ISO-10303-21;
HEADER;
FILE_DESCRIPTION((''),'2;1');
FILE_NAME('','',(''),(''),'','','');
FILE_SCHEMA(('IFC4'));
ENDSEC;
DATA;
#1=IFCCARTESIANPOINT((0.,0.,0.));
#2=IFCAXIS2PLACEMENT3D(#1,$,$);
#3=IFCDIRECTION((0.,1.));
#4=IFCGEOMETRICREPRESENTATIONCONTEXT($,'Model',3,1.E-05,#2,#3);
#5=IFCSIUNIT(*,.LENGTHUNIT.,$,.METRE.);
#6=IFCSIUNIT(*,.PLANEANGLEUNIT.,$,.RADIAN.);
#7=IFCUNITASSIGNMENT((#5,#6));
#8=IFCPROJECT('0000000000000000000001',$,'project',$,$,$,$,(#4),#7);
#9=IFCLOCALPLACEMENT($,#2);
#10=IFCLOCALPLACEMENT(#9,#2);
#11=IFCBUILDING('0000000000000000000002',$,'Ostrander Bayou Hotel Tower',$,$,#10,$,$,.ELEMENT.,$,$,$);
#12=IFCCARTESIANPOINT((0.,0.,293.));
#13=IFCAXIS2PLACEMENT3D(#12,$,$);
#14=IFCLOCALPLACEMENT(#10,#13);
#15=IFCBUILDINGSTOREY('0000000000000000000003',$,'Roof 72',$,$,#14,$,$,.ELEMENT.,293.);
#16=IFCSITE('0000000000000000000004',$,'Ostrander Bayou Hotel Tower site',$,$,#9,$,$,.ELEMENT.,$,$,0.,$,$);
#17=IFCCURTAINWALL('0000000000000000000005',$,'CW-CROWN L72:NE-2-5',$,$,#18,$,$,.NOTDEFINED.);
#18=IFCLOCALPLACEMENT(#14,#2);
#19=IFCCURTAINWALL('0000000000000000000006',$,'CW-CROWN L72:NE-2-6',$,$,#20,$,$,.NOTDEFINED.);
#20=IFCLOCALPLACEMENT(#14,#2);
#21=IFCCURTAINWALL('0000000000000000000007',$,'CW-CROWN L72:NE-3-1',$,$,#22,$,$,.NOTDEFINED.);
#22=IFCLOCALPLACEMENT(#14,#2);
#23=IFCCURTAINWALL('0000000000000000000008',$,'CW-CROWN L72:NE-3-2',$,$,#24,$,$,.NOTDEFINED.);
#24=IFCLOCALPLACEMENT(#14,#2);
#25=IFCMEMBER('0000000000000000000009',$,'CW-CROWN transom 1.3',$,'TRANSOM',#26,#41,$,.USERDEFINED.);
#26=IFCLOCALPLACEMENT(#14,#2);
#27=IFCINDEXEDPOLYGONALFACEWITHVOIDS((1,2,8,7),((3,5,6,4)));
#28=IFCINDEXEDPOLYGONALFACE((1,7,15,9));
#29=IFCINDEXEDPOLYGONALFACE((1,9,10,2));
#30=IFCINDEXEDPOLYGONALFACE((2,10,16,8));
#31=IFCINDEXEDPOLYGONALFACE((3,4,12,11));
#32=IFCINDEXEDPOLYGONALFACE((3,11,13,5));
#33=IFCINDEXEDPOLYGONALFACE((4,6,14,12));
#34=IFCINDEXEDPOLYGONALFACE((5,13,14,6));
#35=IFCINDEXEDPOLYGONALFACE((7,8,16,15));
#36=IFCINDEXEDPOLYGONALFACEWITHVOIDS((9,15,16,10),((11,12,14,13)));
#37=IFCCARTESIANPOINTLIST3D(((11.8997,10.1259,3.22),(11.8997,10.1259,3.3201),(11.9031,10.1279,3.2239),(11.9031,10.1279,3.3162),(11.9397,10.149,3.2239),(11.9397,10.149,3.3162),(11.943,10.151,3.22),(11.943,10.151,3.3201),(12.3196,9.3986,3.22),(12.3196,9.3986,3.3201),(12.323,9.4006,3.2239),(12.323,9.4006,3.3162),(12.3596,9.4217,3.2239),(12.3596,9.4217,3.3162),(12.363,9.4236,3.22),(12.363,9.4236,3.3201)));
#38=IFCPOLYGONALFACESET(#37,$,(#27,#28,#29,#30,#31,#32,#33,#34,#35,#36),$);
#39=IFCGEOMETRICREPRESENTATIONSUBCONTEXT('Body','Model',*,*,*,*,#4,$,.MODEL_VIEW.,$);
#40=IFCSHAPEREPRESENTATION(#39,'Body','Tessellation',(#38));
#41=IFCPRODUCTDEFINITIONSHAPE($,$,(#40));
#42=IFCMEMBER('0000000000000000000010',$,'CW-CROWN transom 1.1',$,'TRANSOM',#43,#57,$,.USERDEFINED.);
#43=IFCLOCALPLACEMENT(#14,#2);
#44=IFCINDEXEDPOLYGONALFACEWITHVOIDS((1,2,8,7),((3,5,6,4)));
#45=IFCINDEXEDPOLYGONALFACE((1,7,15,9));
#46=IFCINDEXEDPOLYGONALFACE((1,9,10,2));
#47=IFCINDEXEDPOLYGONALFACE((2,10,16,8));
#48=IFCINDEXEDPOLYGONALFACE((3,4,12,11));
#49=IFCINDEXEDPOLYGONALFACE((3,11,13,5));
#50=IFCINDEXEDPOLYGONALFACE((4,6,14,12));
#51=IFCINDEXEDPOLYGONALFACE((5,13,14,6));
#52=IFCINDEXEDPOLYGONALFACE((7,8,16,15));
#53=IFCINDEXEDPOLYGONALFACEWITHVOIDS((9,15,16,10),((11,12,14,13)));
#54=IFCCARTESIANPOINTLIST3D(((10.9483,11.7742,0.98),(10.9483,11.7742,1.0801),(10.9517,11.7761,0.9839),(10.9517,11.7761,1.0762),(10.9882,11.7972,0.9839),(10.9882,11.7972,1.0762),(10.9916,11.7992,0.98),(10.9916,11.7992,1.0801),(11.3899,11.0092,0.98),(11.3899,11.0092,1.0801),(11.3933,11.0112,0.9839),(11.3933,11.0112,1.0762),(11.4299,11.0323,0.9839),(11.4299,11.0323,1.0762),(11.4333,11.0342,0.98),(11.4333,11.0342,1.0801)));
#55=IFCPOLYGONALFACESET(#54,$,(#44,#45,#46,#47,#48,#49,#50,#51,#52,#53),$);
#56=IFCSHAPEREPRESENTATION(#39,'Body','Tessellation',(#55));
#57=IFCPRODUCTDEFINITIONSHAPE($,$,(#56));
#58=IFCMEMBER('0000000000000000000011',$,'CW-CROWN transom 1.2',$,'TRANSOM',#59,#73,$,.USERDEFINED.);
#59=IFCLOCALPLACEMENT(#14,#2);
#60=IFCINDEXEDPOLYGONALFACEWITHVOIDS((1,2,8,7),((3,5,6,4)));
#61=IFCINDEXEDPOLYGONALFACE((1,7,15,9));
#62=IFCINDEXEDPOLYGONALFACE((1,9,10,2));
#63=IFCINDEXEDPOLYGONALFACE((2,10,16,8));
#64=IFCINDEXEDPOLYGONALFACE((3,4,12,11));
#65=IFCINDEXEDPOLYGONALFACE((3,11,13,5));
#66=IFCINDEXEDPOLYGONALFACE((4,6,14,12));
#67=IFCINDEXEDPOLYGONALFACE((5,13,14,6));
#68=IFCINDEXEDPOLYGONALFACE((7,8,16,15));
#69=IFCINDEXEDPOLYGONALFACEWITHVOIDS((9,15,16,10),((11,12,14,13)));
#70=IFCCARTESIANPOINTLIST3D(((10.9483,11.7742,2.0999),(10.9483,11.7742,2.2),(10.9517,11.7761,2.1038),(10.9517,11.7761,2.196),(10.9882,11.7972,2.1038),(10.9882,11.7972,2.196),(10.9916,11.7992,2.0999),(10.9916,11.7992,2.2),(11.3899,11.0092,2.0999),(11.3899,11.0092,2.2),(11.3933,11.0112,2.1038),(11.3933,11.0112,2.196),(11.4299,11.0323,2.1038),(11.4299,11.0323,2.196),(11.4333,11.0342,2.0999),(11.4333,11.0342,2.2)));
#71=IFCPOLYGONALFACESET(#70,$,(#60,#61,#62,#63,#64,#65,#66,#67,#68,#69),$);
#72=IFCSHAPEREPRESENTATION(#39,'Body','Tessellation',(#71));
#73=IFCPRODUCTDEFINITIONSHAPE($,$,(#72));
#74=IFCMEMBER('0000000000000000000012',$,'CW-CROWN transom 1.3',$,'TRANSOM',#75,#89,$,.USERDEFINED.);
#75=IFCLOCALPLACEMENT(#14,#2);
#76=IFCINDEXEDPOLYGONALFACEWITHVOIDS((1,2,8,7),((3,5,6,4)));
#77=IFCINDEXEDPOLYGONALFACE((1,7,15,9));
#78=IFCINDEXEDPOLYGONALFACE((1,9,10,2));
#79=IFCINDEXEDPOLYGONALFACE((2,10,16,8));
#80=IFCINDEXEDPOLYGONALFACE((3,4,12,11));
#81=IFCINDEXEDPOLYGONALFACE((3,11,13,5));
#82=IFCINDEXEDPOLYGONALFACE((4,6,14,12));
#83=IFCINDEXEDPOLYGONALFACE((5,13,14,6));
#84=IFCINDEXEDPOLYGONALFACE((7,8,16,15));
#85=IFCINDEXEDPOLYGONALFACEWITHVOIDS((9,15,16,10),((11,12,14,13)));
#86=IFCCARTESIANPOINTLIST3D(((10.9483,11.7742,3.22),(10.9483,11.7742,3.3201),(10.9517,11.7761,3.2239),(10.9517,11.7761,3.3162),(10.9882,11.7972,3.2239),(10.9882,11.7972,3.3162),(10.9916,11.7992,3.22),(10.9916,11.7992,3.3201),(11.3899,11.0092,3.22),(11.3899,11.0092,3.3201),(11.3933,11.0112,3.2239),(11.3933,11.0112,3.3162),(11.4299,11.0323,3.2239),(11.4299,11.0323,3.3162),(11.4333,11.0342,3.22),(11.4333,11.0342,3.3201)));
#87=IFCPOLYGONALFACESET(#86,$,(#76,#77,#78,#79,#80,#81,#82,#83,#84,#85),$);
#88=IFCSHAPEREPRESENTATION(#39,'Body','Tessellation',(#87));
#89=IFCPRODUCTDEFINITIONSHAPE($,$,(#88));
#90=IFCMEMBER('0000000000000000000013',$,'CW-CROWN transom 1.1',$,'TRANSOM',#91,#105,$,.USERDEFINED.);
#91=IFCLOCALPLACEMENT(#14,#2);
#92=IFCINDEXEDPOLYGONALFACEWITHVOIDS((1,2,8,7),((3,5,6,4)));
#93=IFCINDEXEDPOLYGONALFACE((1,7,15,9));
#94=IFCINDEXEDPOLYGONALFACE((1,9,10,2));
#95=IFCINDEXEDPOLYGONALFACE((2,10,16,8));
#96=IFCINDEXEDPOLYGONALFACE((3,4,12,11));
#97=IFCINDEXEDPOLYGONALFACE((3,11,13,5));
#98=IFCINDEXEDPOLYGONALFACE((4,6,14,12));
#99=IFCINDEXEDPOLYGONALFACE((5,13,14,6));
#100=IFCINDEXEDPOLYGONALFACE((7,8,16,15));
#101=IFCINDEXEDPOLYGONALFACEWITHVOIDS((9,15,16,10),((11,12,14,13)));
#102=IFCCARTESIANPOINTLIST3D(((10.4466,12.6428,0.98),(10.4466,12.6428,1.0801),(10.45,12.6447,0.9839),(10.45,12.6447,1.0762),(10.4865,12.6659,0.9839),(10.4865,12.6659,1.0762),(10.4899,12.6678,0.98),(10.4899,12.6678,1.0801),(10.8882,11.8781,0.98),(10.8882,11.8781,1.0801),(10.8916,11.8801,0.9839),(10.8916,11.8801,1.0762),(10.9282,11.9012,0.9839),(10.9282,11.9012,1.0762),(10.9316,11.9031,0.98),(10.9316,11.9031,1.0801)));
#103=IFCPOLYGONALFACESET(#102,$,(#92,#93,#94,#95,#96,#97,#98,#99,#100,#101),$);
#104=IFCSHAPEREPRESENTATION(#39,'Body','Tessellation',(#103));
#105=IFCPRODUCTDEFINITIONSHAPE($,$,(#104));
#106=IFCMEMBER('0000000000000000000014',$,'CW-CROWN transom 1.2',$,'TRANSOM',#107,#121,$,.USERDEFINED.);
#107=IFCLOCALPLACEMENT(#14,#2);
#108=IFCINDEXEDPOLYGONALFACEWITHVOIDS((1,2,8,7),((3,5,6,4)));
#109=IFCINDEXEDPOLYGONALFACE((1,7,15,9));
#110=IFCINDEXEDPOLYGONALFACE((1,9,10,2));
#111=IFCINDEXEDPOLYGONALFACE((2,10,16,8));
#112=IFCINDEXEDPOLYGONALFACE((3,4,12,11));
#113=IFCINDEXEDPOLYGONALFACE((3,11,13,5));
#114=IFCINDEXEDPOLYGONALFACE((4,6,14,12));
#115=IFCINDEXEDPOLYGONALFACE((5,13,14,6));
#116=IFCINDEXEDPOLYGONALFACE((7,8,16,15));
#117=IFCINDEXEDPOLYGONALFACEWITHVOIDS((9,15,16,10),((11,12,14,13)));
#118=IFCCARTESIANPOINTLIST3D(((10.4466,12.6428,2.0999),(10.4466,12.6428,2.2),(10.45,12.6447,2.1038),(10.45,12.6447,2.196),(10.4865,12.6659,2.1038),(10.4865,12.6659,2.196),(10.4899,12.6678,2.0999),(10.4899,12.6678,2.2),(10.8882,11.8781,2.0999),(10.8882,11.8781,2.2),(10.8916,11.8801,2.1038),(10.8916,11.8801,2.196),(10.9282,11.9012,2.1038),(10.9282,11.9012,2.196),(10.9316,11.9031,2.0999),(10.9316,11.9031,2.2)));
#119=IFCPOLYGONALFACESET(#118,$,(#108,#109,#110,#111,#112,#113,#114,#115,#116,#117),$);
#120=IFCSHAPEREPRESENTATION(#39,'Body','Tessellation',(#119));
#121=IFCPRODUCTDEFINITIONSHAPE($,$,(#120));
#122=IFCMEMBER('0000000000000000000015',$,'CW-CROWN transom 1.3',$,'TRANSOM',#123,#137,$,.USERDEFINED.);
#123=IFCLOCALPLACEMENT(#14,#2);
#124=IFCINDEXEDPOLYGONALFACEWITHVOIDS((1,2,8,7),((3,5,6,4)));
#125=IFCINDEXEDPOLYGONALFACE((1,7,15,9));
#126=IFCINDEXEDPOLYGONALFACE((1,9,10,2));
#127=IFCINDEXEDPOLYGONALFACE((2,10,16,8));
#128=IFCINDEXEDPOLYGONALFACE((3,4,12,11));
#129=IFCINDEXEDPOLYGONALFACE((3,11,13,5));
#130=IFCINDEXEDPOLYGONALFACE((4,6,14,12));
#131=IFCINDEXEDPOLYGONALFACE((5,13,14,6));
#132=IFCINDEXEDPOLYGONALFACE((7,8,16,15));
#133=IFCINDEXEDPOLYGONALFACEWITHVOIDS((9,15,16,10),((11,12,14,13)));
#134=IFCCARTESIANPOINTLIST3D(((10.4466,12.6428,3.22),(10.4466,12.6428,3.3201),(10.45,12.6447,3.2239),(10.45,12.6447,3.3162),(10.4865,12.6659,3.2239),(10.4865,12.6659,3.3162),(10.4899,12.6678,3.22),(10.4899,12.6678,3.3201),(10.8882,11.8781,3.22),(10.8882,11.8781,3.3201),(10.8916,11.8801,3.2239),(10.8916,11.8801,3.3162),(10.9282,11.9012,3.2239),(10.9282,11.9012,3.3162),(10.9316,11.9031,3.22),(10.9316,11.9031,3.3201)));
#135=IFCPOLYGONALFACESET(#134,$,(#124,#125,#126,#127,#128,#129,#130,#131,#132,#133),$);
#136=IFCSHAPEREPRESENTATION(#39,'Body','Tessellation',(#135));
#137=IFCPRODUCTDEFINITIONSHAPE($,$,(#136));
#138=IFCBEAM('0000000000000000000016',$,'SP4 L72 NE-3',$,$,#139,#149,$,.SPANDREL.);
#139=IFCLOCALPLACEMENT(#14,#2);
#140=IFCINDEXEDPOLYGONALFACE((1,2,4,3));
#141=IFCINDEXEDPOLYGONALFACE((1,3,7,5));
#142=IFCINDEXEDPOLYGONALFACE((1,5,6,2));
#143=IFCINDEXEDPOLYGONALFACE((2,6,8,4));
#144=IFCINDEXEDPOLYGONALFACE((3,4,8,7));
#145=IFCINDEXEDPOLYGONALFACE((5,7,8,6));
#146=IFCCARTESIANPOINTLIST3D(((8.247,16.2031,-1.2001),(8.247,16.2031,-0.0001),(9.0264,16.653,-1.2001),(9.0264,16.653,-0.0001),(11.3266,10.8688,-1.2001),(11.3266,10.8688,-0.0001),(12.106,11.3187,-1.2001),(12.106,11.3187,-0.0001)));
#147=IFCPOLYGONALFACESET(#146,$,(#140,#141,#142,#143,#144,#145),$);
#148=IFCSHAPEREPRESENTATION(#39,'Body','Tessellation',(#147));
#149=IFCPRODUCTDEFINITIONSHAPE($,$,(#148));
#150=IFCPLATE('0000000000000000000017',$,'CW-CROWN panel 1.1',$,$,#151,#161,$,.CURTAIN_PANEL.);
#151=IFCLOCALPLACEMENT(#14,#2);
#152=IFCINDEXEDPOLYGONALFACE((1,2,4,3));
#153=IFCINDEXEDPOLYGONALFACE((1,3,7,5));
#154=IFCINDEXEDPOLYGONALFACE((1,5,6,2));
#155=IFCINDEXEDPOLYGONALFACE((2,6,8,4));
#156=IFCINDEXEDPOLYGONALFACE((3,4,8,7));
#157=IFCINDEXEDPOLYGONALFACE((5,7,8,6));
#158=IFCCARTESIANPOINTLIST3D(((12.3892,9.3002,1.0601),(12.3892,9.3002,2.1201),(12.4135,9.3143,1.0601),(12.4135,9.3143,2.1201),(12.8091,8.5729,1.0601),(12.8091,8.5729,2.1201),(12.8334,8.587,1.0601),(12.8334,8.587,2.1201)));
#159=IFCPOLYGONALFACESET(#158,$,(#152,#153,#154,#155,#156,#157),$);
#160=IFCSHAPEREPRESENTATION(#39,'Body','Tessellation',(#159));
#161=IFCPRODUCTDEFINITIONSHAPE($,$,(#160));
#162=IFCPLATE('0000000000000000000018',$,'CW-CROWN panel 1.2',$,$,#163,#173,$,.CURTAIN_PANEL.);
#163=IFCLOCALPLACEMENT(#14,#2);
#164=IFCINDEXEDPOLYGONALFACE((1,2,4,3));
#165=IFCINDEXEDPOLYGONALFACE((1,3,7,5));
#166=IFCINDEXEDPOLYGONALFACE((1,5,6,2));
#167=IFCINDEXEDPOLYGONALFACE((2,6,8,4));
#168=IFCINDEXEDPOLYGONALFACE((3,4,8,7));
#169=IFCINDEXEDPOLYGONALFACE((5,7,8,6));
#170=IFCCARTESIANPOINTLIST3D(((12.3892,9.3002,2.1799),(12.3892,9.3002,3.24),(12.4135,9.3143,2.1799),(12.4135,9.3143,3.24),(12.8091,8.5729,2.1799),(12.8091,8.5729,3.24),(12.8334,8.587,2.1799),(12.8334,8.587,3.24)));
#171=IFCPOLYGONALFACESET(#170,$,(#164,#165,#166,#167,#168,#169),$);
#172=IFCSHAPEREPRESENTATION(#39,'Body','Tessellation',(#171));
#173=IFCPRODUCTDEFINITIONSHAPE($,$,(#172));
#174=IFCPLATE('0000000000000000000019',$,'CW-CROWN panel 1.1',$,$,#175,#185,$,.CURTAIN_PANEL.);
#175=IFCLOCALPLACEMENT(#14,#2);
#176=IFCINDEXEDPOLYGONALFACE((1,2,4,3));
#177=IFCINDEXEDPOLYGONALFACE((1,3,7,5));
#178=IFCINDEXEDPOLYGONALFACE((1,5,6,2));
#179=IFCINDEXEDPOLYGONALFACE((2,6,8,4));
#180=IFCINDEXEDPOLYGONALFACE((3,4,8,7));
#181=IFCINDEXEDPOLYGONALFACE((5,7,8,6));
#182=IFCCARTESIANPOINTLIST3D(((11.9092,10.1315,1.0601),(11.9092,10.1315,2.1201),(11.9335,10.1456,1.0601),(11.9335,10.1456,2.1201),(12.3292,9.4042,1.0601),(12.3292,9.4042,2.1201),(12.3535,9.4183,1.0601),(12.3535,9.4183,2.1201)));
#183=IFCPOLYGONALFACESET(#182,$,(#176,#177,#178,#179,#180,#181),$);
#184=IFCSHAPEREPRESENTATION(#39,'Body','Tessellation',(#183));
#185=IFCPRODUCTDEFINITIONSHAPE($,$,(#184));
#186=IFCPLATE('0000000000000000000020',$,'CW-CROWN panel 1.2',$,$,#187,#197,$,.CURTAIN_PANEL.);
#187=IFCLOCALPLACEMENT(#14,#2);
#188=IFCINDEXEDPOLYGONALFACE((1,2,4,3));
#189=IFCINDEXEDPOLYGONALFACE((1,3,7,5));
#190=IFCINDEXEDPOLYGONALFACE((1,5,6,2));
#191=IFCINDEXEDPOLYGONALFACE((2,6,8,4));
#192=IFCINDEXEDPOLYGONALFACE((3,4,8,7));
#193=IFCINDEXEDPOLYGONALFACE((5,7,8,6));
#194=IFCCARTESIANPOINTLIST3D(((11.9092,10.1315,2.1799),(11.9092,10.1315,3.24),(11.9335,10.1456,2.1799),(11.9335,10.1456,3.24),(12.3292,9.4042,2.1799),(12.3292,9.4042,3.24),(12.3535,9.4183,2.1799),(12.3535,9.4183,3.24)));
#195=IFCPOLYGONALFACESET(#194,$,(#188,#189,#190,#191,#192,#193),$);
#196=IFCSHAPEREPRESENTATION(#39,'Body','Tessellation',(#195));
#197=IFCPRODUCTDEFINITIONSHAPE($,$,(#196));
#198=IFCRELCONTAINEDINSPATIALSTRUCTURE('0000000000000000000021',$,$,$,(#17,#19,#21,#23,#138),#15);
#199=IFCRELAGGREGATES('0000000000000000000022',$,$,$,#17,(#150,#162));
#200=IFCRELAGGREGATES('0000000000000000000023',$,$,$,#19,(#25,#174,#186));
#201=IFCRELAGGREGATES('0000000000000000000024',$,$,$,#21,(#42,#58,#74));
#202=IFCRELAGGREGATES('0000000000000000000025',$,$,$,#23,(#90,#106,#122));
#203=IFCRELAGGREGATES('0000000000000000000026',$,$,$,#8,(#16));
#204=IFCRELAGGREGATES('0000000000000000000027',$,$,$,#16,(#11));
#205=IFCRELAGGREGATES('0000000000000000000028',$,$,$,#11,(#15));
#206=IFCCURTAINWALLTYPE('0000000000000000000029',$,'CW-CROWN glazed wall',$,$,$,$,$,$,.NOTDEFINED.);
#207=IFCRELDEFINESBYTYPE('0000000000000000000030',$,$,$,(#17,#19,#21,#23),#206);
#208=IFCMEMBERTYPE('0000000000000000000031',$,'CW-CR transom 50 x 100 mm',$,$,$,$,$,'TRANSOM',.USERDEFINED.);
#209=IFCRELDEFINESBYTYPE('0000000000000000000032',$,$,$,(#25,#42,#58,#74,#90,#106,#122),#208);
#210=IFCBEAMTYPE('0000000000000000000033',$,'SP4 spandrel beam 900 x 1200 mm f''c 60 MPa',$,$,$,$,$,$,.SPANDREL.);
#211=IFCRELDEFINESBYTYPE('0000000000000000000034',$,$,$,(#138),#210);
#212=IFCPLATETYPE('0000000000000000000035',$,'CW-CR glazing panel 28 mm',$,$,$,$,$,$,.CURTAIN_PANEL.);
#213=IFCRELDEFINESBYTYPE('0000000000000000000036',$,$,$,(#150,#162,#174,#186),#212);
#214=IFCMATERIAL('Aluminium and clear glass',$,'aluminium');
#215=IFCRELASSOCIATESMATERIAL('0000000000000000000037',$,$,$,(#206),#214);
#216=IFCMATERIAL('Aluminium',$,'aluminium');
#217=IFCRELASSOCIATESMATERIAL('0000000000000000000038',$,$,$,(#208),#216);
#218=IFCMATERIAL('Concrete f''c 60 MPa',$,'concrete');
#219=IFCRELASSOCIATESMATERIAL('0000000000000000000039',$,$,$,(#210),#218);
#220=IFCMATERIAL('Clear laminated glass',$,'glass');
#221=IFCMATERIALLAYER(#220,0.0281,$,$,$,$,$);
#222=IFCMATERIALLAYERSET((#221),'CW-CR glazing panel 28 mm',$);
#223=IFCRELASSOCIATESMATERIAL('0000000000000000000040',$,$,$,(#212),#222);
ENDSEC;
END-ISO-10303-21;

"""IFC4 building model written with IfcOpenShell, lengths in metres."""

from ifc_helpers import new_model, si_unit, direction, frame, origin, origin_2d, place, context, subcontext, project, spatial, rectangle, hollow_rectangle, extrude, material, layer, layer_set, material_profile, profile_set, type_object, element, aggregate, save


model = new_model("IFC4")

# Units and contexts
model_context = context("Model", 3, precision=1e-05, world=origin(), true_north=direction((0.0, 1.0)))
body_context = subcontext(model_context, "Body", "Model", "MODEL_VIEW")
ifc_project = project(units=[si_unit("LENGTHUNIT", "METRE"), si_unit("PLANEANGLEUNIT", "RADIAN")], contexts=[model_context])

# Site, building, storey
site_placement = place(None, origin())
site = spatial("IfcSite", under=ifc_project, at=site_placement, Name="Ostrander Bayou Hotel Tower site", CompositionType="ELEMENT", RefElevation=0.0)
building_placement = place(site_placement, origin())
building = spatial("IfcBuilding", under=site, at=building_placement, Name="Ostrander Bayou Hotel Tower", CompositionType="ELEMENT")
storey_placement = place(building_placement, frame((0.0, 0.0, 293.0)))
storey = spatial("IfcBuildingStorey", under=building, at=storey_placement, Name="Roof 72", CompositionType="ELEMENT", Elevation=293.0)

# Curtain wall
ifc_material_1 = material(Name="Aluminium and clear glass", Category="aluminium")
curtain_wall_type = type_object("IfcCurtainWallType", Name="CW-CROWN glazed wall", PredefinedType="NOTDEFINED", material=ifc_material_1)
curtain_wall_1_placement = place(storey_placement, origin())
curtain_wall_1 = element("IfcCurtainWall", 1, at=curtain_wall_1_placement, inside=storey, type_object=curtain_wall_type, Name="CW-CROWN L72:NE-2-5", PredefinedType="NOTDEFINED")

# Curtain walls
curtain_wall_2_placement = place(storey_placement, origin())
curtain_wall_2 = element("IfcCurtainWall", 2, at=curtain_wall_2_placement, inside=storey, type_object=curtain_wall_type, Name="CW-CROWN L72:NE-2-6", PredefinedType="NOTDEFINED")
curtain_wall_3_placement = place(storey_placement, origin())
curtain_wall_3 = element("IfcCurtainWall", 3, at=curtain_wall_3_placement, inside=storey, type_object=curtain_wall_type, Name="CW-CROWN L72:NE-3-1", PredefinedType="NOTDEFINED")
curtain_wall_4_placement = place(storey_placement, origin())
curtain_wall_4 = element("IfcCurtainWall", 4, at=curtain_wall_4_placement, inside=storey, type_object=curtain_wall_type, Name="CW-CROWN L72:NE-3-2", PredefinedType="NOTDEFINED")

# Members
ifc_material_2 = material(Name="Aluminium", Category="aluminium")
ifc_material_profile_1 = material_profile(ifc_material_2, hollow_rectangle(XDim=0.05, YDim=0.1001, WallThickness=0.0039, at=origin_2d()))
ifc_profile_set_1 = profile_set([ifc_material_profile_1], Name="Aluminium")
member_type_1 = type_object("IfcMemberType", Name="CW-CR transom 50 x 100 mm", ElementType="TRANSOM", PredefinedType="USERDEFINED", material=ifc_profile_set_1)
member_1_placement = place(storey_placement, frame((12.3413, 9.4111, 3.27), z_axis=(-0.500016, 0.866016, 0.0), x_axis=(-0.866016, -0.500016, 0.0)))
member_1 = element("IfcMember", 5, at=member_1_placement, type_object=member_type_1, Name="CW-CROWN transom 1.3", ObjectType="TRANSOM", PredefinedType="USERDEFINED", context=body_context, shape_type="SweptSolid", body=[
    extrude(hollow_rectangle(XDim=0.05, YDim=0.1001, WallThickness=0.0039, at=origin_2d()), origin(), (0.0, 0.0, 1.0), 0.8398),
])
member_2_placement = place(storey_placement, frame((11.4116, 11.0217, 1.03), z_axis=(-0.500034, 0.866006, 0.0), x_axis=(-0.866006, -0.500034, 0.0)))
member_2 = element("IfcMember", 6, at=member_2_placement, type_object=member_type_1, Name="CW-CROWN transom 1.1", ObjectType="TRANSOM", PredefinedType="USERDEFINED", context=body_context, shape_type="SweptSolid", body=[
    extrude(hollow_rectangle(XDim=0.05, YDim=0.1001, WallThickness=0.0039, at=origin_2d()), origin(), (0.0, 0.0, 1.0), 0.8833),
])
member_3_placement = place(storey_placement, frame((11.4116, 11.0217, 2.1499), z_axis=(-0.500034, 0.866006, 0.0), x_axis=(-0.866006, -0.500034, 0.0)))
member_3 = element("IfcMember", 7, at=member_3_placement, type_object=member_type_1, Name="CW-CROWN transom 1.2", ObjectType="TRANSOM", PredefinedType="USERDEFINED", context=body_context, shape_type="SweptSolid", body=[
    extrude(hollow_rectangle(XDim=0.05, YDim=0.1001, WallThickness=0.0039, at=origin_2d()), origin(), (0.0, 0.0, 1.0), 0.8833),
])
member_4_placement = place(storey_placement, frame((11.4116, 11.0217, 3.27), z_axis=(-0.500034, 0.866006, 0.0), x_axis=(-0.866006, -0.500034, 0.0)))
member_4 = element("IfcMember", 8, at=member_4_placement, type_object=member_type_1, Name="CW-CROWN transom 1.3", ObjectType="TRANSOM", PredefinedType="USERDEFINED", context=body_context, shape_type="SweptSolid", body=[
    extrude(hollow_rectangle(XDim=0.05, YDim=0.1001, WallThickness=0.0039, at=origin_2d()), origin(), (0.0, 0.0, 1.0), 0.8833),
])
member_5_placement = place(storey_placement, frame((10.9099, 11.8906, 1.03), z_axis=(-0.500153, 0.865937, 0.0), x_axis=(-0.865937, -0.500153, 0.0)))
member_5 = element("IfcMember", 9, at=member_5_placement, type_object=member_type_1, Name="CW-CROWN transom 1.1", ObjectType="TRANSOM", PredefinedType="USERDEFINED", context=body_context, shape_type="SweptSolid", body=[
    extrude(hollow_rectangle(XDim=0.05, YDim=0.1001, WallThickness=0.0039, at=origin_2d()), origin(), (0.0, 0.0, 1.0), 0.8831),
])
member_6_placement = place(storey_placement, frame((10.9099, 11.8906, 2.1499), z_axis=(-0.500153, 0.865937, 0.0), x_axis=(-0.865937, -0.500153, 0.0)))
member_6 = element("IfcMember", 10, at=member_6_placement, type_object=member_type_1, Name="CW-CROWN transom 1.2", ObjectType="TRANSOM", PredefinedType="USERDEFINED", context=body_context, shape_type="SweptSolid", body=[
    extrude(hollow_rectangle(XDim=0.05, YDim=0.1001, WallThickness=0.0039, at=origin_2d()), origin(), (0.0, 0.0, 1.0), 0.8831),
])
member_7_placement = place(storey_placement, frame((10.9099, 11.8906, 3.27), z_axis=(-0.500153, 0.865937, 0.0), x_axis=(-0.865937, -0.500153, 0.0)))
member_7 = element("IfcMember", 11, at=member_7_placement, type_object=member_type_1, Name="CW-CROWN transom 1.3", ObjectType="TRANSOM", PredefinedType="USERDEFINED", context=body_context, shape_type="SweptSolid", body=[
    extrude(hollow_rectangle(XDim=0.05, YDim=0.1001, WallThickness=0.0039, at=origin_2d()), origin(), (0.0, 0.0, 1.0), 0.8831),
])

# Beam
ifc_material_3 = material(Name="Concrete f'c 60 MPa", Category="concrete")
ifc_material_profile_2 = material_profile(ifc_material_3, rectangle(XDim=0.8999, YDim=1.2, at=origin_2d()))
ifc_profile_set_2 = profile_set([ifc_material_profile_2], Name="Concrete f'c 60 MPa")
beam_type = type_object("IfcBeamType", Name="SP4 spandrel beam 900 x 1200 mm f'c 60 MPa", PredefinedType="SPANDREL", material=ifc_profile_set_2)
beam_placement = place(storey_placement, frame((11.7163, 11.0938, -0.6001), z_axis=(-0.499984, 0.866034, 0.0), x_axis=(-0.866034, -0.499984, 0.0)))
element("IfcBeam", 12, at=beam_placement, inside=storey, type_object=beam_type, Name="SP4 L72 NE-3", PredefinedType="SPANDREL", context=body_context, shape_type="SweptSolid", body=[
    extrude(rectangle(XDim=0.8999, YDim=1.2, at=origin_2d()), origin(), (0.0, 0.0, 1.0), 6.1594),
])

# Plates
ifc_material_4 = material(Name="Clear laminated glass", Category="glass")
ifc_layer_1 = layer(ifc_material_4, 0.0281)
ifc_layer_set_1 = layer_set([ifc_layer_1], Name="CW-CR glazing panel 28 mm")
plate_type = type_object("IfcPlateType", Name="CW-CR glazing panel 28 mm", PredefinedType="CURTAIN_PANEL", material=ifc_layer_set_1)
plate_1_placement = place(storey_placement, frame((12.6113, 8.9436, 1.0601), z_axis=(0.0, 0.0, 1.0), x_axis=(-0.500005, 0.866022, 0.0)))
plate_1 = element("IfcPlate", 13, at=plate_1_placement, type_object=plate_type, Name="CW-CROWN panel 1.1", PredefinedType="CURTAIN_PANEL", context=body_context, shape_type="SweptSolid", body=[
    extrude(rectangle(XDim=0.8398, YDim=0.0281, at=origin_2d()), origin(), (0.0, 0.0, 1.0), 1.0601),
])
plate_2_placement = place(storey_placement, frame((12.6113, 8.9436, 2.1799), z_axis=(0.0, 0.0, 1.0), x_axis=(-0.500005, 0.866022, 0.0)))
plate_2 = element("IfcPlate", 14, at=plate_2_placement, type_object=plate_type, Name="CW-CROWN panel 1.2", PredefinedType="CURTAIN_PANEL", context=body_context, shape_type="SweptSolid", body=[
    extrude(rectangle(XDim=0.8398, YDim=0.0281, at=origin_2d()), origin(), (0.0, 0.0, 1.0), 1.0601),
])
aggregate(curtain_wall_1, [plate_1, plate_2])
plate_3_placement = place(storey_placement, frame((12.1313, 9.7749, 1.0601), z_axis=(0.0, 0.0, 1.0), x_axis=(-0.500005, 0.866022, 0.0)))
plate_3 = element("IfcPlate", 15, at=plate_3_placement, type_object=plate_type, Name="CW-CROWN panel 1.1", PredefinedType="CURTAIN_PANEL", context=body_context, shape_type="SweptSolid", body=[
    extrude(rectangle(XDim=0.8398, YDim=0.0281, at=origin_2d()), origin(), (0.0, 0.0, 1.0), 1.0601),
])
plate_4_placement = place(storey_placement, frame((12.1313, 9.7749, 2.1799), z_axis=(0.0, 0.0, 1.0), x_axis=(-0.500005, 0.866022, 0.0)))
plate_4 = element("IfcPlate", 16, at=plate_4_placement, type_object=plate_type, Name="CW-CROWN panel 1.2", PredefinedType="CURTAIN_PANEL", context=body_context, shape_type="SweptSolid", body=[
    extrude(rectangle(XDim=0.8398, YDim=0.0281, at=origin_2d()), origin(), (0.0, 0.0, 1.0), 1.0601),
])
aggregate(curtain_wall_2, [member_1, plate_3, plate_4])
aggregate(curtain_wall_3, [member_2, member_3, member_4])
aggregate(curtain_wall_4, [member_5, member_6, member_7])

save(model, "model.ifc")
